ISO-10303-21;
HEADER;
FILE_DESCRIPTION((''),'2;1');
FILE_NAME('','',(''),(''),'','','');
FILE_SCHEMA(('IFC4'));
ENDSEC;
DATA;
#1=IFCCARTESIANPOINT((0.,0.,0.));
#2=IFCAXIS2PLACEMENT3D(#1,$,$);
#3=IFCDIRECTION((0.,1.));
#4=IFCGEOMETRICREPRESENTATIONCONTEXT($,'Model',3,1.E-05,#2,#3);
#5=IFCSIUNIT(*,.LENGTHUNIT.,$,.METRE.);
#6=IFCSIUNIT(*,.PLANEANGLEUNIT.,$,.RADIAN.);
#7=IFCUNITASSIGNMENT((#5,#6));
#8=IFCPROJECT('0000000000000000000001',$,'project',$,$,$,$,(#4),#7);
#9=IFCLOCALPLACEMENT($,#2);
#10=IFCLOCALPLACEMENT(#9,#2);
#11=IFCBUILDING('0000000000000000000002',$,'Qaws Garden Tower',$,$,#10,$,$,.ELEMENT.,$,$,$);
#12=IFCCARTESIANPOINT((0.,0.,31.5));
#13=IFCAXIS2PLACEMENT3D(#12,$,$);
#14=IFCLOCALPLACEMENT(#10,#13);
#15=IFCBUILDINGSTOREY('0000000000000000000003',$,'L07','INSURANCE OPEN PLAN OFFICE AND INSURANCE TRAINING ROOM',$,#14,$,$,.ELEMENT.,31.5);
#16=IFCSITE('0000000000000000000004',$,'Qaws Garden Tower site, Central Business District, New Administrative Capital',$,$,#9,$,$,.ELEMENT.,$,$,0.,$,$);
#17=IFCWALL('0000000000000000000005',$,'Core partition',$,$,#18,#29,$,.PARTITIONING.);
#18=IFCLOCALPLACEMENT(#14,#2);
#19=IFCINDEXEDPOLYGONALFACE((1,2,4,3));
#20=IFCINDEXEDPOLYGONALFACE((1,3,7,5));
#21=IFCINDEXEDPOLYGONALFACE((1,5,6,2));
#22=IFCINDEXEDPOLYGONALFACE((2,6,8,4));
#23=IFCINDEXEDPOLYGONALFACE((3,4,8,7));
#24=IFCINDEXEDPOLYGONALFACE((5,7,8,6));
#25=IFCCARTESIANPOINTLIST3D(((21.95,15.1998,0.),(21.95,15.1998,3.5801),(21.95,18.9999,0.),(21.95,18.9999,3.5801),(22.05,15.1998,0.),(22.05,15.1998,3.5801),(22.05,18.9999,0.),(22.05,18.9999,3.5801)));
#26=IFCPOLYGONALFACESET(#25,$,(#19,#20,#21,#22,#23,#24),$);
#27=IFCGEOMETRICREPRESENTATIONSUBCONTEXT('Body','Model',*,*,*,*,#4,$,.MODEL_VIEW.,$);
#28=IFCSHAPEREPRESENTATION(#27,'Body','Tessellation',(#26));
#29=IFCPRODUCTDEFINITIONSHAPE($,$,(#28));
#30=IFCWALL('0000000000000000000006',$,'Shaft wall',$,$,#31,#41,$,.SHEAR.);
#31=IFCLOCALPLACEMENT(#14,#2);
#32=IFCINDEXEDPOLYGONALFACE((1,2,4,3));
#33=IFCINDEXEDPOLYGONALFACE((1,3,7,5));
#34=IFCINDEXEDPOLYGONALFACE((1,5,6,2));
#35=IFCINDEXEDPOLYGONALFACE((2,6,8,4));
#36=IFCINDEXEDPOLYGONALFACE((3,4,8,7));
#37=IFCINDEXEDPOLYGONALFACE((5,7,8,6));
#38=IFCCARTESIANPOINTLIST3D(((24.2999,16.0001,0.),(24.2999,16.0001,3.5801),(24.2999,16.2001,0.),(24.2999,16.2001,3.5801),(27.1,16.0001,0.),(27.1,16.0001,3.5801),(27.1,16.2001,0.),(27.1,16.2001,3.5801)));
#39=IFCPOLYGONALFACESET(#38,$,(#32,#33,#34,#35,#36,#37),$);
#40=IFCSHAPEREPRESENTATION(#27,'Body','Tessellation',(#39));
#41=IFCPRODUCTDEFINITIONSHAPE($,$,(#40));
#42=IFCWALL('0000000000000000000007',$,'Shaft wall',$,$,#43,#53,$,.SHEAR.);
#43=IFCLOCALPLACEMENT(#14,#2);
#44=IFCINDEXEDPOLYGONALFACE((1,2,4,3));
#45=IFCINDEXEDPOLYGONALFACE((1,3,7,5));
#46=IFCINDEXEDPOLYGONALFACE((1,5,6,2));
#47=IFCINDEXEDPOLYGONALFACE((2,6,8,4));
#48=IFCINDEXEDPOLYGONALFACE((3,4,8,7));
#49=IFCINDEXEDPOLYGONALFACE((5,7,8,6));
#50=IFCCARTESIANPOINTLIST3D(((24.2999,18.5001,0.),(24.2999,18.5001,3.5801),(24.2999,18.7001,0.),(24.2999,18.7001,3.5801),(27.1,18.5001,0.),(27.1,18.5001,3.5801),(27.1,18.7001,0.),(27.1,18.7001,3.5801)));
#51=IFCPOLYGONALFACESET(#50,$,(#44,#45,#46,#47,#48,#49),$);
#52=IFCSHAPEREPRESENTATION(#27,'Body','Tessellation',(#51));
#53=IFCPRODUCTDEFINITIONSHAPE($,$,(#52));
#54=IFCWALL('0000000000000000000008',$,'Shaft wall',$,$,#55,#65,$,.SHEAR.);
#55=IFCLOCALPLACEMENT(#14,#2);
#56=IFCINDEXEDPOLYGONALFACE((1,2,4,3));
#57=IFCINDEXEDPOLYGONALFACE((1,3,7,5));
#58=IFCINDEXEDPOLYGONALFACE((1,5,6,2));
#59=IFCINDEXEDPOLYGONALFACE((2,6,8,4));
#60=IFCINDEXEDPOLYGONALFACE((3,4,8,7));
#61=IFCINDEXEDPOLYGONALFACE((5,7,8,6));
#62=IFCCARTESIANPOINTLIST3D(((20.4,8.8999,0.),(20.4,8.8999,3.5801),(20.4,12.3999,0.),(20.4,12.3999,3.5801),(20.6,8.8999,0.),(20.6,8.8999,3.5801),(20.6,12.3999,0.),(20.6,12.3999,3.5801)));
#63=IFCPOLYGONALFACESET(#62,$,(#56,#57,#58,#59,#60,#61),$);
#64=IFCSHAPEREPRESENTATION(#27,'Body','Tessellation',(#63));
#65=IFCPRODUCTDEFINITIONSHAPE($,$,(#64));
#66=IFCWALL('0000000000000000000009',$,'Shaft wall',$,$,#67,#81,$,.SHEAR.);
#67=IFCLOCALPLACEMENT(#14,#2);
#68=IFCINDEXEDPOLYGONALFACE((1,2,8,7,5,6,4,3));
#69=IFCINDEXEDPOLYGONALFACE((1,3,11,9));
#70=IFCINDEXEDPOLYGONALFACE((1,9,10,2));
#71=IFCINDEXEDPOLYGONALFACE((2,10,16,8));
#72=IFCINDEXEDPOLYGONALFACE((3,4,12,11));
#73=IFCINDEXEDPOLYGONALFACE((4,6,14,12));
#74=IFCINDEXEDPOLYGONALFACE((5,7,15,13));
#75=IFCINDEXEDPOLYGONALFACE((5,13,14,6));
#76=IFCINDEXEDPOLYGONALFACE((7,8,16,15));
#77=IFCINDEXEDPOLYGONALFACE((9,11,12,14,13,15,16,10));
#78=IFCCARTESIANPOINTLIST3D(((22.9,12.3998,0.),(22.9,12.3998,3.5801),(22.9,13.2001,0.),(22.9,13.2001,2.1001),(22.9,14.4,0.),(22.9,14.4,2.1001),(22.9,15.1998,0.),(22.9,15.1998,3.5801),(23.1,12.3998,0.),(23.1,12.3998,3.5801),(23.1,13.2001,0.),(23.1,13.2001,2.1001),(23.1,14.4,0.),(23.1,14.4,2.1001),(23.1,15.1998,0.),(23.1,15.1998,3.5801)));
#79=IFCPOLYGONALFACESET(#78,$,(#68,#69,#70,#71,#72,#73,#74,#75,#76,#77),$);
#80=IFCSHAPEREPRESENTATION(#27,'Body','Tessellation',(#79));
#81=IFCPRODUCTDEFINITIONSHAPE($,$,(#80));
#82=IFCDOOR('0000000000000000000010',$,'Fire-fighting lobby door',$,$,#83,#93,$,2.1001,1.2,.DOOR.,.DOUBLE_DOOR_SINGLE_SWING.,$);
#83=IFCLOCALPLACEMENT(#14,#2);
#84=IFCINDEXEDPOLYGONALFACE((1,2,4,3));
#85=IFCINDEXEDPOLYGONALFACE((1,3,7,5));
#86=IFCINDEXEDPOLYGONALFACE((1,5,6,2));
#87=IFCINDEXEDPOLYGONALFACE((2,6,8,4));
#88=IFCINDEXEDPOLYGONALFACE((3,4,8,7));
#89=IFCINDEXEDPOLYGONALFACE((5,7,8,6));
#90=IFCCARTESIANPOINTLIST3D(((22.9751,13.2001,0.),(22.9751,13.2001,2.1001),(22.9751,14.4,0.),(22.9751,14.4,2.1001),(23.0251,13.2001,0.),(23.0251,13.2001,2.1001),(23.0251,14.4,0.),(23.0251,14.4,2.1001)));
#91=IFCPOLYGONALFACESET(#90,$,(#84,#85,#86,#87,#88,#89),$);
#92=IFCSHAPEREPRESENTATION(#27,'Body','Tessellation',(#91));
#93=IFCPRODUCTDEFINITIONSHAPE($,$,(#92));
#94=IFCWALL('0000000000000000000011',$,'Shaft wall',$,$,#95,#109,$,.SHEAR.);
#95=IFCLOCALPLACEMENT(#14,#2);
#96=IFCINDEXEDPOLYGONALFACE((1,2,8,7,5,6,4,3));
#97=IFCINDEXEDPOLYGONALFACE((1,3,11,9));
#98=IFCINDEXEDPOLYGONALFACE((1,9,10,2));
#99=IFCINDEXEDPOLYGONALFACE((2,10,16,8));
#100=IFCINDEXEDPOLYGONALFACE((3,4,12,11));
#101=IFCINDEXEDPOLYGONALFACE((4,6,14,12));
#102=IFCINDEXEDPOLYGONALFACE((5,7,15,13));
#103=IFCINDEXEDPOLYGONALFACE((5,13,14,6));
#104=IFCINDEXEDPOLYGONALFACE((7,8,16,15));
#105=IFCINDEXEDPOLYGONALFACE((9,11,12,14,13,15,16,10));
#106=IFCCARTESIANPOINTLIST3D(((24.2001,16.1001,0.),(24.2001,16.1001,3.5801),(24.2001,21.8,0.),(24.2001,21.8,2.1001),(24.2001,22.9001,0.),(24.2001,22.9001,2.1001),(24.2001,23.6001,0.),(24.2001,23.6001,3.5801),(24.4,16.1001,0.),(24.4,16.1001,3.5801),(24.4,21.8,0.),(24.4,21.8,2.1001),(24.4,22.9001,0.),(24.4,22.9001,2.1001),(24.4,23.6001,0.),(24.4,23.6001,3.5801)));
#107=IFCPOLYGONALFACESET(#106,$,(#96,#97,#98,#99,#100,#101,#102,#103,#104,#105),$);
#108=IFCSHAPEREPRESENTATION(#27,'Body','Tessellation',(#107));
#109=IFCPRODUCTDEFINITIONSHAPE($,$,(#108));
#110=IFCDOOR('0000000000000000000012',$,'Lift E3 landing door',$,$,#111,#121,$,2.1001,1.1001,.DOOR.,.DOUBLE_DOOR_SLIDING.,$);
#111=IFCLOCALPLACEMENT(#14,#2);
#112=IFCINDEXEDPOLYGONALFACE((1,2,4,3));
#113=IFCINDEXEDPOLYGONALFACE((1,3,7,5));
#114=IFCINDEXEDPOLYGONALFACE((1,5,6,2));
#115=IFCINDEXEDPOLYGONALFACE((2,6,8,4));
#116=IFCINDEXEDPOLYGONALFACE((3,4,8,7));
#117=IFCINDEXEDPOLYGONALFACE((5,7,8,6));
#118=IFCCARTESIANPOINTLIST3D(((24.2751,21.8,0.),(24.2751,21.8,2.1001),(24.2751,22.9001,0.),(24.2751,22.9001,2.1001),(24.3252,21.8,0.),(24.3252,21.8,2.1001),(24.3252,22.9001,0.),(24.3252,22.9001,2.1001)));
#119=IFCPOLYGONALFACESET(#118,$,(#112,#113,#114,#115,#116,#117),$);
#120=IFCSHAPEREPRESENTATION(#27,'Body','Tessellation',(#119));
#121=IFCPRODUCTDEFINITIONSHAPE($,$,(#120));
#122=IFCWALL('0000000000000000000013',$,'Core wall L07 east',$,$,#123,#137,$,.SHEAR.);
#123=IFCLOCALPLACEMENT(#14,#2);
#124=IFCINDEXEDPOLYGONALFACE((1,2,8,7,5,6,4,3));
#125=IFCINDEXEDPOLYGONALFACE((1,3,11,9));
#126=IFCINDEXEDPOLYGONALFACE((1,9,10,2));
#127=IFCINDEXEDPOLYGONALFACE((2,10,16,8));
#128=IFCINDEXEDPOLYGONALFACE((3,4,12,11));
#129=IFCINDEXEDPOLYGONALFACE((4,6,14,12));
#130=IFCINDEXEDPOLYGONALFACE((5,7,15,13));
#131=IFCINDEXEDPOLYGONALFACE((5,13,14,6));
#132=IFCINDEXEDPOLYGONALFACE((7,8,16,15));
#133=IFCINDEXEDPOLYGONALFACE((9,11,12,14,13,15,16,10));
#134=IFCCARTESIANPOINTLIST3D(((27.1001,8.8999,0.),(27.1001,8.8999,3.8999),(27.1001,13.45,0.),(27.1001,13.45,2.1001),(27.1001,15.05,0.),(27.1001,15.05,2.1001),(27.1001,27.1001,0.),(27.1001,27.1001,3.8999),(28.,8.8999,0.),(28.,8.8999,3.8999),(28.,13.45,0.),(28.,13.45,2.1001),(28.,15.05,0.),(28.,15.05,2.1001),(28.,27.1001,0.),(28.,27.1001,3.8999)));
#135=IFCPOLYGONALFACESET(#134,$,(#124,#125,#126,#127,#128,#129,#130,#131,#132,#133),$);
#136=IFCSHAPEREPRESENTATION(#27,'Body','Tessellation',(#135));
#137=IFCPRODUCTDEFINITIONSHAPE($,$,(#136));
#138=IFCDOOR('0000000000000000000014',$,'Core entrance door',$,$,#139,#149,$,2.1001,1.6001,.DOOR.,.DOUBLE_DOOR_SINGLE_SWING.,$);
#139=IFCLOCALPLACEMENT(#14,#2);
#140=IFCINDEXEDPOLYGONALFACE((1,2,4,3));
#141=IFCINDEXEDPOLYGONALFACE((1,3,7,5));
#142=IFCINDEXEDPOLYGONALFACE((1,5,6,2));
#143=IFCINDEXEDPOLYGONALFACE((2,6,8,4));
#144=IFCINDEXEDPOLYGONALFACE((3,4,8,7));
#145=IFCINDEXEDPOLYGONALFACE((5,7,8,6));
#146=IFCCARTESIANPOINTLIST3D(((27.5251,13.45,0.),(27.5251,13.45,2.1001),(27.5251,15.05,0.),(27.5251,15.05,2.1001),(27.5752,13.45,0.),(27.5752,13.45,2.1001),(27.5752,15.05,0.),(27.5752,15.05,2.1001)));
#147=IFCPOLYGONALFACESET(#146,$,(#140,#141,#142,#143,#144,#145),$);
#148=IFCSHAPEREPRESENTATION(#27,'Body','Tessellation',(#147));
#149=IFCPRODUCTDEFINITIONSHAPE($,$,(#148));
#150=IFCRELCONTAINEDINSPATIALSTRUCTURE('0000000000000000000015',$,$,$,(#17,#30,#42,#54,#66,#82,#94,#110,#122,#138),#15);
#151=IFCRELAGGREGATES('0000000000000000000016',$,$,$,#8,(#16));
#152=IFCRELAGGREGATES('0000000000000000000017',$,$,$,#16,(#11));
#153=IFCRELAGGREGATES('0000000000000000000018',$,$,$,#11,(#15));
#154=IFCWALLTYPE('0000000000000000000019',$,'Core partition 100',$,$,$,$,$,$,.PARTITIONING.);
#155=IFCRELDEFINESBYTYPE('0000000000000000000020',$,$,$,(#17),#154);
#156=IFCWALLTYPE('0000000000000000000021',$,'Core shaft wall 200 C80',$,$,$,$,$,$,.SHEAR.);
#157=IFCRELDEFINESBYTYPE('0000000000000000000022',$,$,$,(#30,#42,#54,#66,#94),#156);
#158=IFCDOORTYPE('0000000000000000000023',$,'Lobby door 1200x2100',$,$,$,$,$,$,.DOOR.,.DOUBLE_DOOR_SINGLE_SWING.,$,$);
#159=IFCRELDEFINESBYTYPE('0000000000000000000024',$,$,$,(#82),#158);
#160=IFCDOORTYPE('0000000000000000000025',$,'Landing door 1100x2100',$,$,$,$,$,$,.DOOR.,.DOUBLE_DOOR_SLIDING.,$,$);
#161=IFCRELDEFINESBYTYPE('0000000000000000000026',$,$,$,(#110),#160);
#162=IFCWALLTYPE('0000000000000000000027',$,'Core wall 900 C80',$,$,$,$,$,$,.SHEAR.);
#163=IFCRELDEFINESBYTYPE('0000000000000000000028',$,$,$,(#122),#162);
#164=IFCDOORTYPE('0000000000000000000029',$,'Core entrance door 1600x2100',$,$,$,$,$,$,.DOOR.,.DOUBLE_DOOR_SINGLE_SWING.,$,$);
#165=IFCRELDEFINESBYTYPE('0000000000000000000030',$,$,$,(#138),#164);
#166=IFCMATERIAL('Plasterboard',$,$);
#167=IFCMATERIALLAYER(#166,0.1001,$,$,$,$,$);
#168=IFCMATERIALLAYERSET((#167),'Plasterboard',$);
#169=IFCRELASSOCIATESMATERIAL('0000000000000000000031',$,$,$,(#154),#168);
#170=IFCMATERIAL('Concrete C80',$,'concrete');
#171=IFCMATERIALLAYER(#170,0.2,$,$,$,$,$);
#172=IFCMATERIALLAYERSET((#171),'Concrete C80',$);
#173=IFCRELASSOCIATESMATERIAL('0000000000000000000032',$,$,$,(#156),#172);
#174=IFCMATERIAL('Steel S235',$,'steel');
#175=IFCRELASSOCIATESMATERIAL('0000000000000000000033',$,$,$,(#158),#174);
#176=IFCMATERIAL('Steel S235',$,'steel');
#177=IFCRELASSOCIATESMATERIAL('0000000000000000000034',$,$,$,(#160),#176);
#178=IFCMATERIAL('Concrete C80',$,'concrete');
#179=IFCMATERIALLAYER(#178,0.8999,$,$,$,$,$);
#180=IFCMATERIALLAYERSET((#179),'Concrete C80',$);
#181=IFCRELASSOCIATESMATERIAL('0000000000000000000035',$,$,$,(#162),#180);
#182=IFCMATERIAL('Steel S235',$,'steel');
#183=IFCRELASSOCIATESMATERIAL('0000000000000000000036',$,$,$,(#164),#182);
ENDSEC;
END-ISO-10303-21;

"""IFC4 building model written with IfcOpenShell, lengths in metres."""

from ifc_helpers import new_model, si_unit, direction, frame, frame_2d, origin, place, context, subcontext, project, spatial, rectangle, extrude, material, layer, layer_set, type_object, element, fill, save


model = new_model("IFC4")

# Units and contexts
model_context = context("Model", 3, precision=1e-05, world=origin(), true_north=direction((0.0, 1.0)))
body_context = subcontext(model_context, "Body", "Model", "MODEL_VIEW")
ifc_project = project(units=[si_unit("LENGTHUNIT", "METRE"), si_unit("PLANEANGLEUNIT", "RADIAN")], contexts=[model_context])

# Site, building, storey
site_placement = place(None, origin())
site = spatial("IfcSite", under=ifc_project, at=site_placement, Name="Qaws Garden Tower site, Central Business District, New Administrative Capital", CompositionType="ELEMENT", RefElevation=0.0)
building_placement = place(site_placement, origin())
building = spatial("IfcBuilding", under=site, at=building_placement, Name="Qaws Garden Tower", CompositionType="ELEMENT")
storey_placement = place(building_placement, frame((0.0, 0.0, 31.5)))
storey = spatial("IfcBuildingStorey", under=building, at=storey_placement, Name="L07", Description="INSURANCE OPEN PLAN OFFICE AND INSURANCE TRAINING ROOM", CompositionType="ELEMENT", Elevation=31.5)

# Shared definitions
ifc_material_1 = material(Name="Plasterboard")
ifc_layer_1 = layer(ifc_material_1, 0.1001)
ifc_layer_set_1 = layer_set([ifc_layer_1], Name="Plasterboard")
wall_type_1 = type_object("IfcWallType", Name="Core partition 100", PredefinedType="PARTITIONING", material=ifc_layer_set_1)

# Walls
wall_1_placement = place(storey_placement, frame((22.0, 15.2, 0.0), z_axis=(0.0, 0.0, 1.0), x_axis=(0.0, 1.0, 0.0)))
element("IfcWall", 1, at=wall_1_placement, inside=storey, type_object=wall_type_1, Name="Core partition", PredefinedType="PARTITIONING", context=body_context, shape_type="SweptSolid", body=[
    extrude(rectangle(XDim=3.8, YDim=0.1001, at=frame_2d((1.8999, 0.0))), origin(), (0.0, 0.0, 1.0), 3.5801),
])
ifc_material_2 = material(Name="Concrete C80", Category="concrete")
ifc_layer_2 = layer(ifc_material_2, 0.2)
ifc_layer_set_2 = layer_set([ifc_layer_2], Name="Concrete C80")
wall_type_2 = type_object("IfcWallType", Name="Core shaft wall 200 C80", PredefinedType="SHEAR", material=ifc_layer_set_2)
for number, where, z_axis, x_axis, name in (
    (2, (24.3, 16.1001, 0.0), (0.0, 0.0, 1.0), (1.0, 0.0, 0.0), "Shaft wall"),
    (3, (24.3, 18.6001, 0.0), (0.0, 0.0, 1.0), (1.0, 0.0, 0.0), "Shaft wall"),
):
    element("IfcWall", number, at=place(storey_placement, frame(where, z_axis=z_axis, x_axis=x_axis)), inside=storey, type_object=wall_type_2, Name=name, PredefinedType="SHEAR", context=body_context, shape_type="SweptSolid", body=[
        extrude(rectangle(XDim=2.8, YDim=0.2, at=frame_2d((1.3999, 0.0))), origin(), (0.0, 0.0, 1.0), 3.5801),
    ])
wall_2_placement = place(storey_placement, frame((20.5, 8.8999, 0.0), z_axis=(0.0, 0.0, 1.0), x_axis=(0.0, 1.0, 0.0)))
element("IfcWall", 4, at=wall_2_placement, inside=storey, type_object=wall_type_2, Name="Shaft wall", PredefinedType="SHEAR", context=body_context, shape_type="SweptSolid", body=[
    extrude(rectangle(XDim=3.5, YDim=0.2, at=frame_2d((1.75, 0.0))), origin(), (0.0, 0.0, 1.0), 3.5801),
])

# Walls, openings, doors
wall_3_placement = place(storey_placement, frame((23.0, 12.3999, 0.0), z_axis=(0.0, 0.0, 1.0), x_axis=(0.0, 1.0, 0.0)))
wall_3 = element("IfcWall", 5, at=wall_3_placement, inside=storey, type_object=wall_type_2, Name="Shaft wall", PredefinedType="SHEAR", context=body_context, shape_type="SweptSolid", body=[
    extrude(rectangle(XDim=2.8, YDim=0.2, at=frame_2d((1.3999, 0.0))), origin(), (0.0, 0.0, 1.0), 3.5801),
])
opening_1_placement = place(wall_3_placement, frame((0.8, 0.0, 0.0)))
opening_1 = element("IfcOpeningElement", 6, at=opening_1_placement, cuts=wall_3, PredefinedType="OPENING", context=body_context, shape_type="SweptSolid", body=[
    extrude(rectangle(XDim=1.2, YDim=2.1001, at=frame_2d((0.6001, 1.05))), frame((0.0, 0.1099, 0.0), z_axis=(0.0, -1.0, 0.0), x_axis=(1.0, 0.0, 0.0)), (0.0, 0.0, 1.0), 0.22),
])
ifc_material_3 = material(Name="Steel S235", Category="steel")
door_type_1 = type_object("IfcDoorType", Name="Lobby door 1200x2100", OperationType="DOUBLE_DOOR_SINGLE_SWING", PredefinedType="DOOR", material=ifc_material_3)
door_1_placement = place(opening_1_placement, origin())
door_1 = element("IfcDoor", 7, at=door_1_placement, inside=storey, type_object=door_type_1, Name="Fire-fighting lobby door", OperationType="DOUBLE_DOOR_SINGLE_SWING", OverallHeight=2.1001, OverallWidth=1.2, PredefinedType="DOOR", context=body_context, shape_type="SweptSolid", body=[
    extrude(rectangle(XDim=1.2, YDim=2.1001, at=frame_2d((0.6001, 1.05))), frame((0.0, 0.0249, 0.0), z_axis=(0.0, -1.0, 0.0), x_axis=(1.0, 0.0, 0.0)), (0.0, 0.0, 1.0), 0.05),
])
fill(opening_1, door_1)
wall_4_placement = place(storey_placement, frame((24.3, 16.1001, 0.0), z_axis=(0.0, 0.0, 1.0), x_axis=(0.0, 1.0, 0.0)))
wall_4 = element("IfcWall", 8, at=wall_4_placement, inside=storey, type_object=wall_type_2, Name="Shaft wall", PredefinedType="SHEAR", context=body_context, shape_type="SweptSolid", body=[
    extrude(rectangle(XDim=7.5, YDim=0.2, at=frame_2d((3.75, 0.0))), origin(), (0.0, 0.0, 1.0), 3.5801),
])
opening_2_placement = place(wall_4_placement, frame((5.7, 0.0, 0.0)))
opening_2 = element("IfcOpeningElement", 9, at=opening_2_placement, cuts=wall_4, PredefinedType="OPENING", context=body_context, shape_type="SweptSolid", body=[
    extrude(rectangle(XDim=1.1001, YDim=2.1001, at=frame_2d((0.55, 1.05))), frame((0.0, 0.1099, 0.0), z_axis=(0.0, -1.0, 0.0), x_axis=(1.0, 0.0, 0.0)), (0.0, 0.0, 1.0), 0.22),
])
ifc_material_4 = material(Name="Steel S235", Category="steel")
door_type_2 = type_object("IfcDoorType", Name="Landing door 1100x2100", OperationType="DOUBLE_DOOR_SLIDING", PredefinedType="DOOR", material=ifc_material_4)
door_2_placement = place(opening_2_placement, origin())
door_2 = element("IfcDoor", 10, at=door_2_placement, inside=storey, type_object=door_type_2, Name="Lift E3 landing door", OperationType="DOUBLE_DOOR_SLIDING", OverallHeight=2.1001, OverallWidth=1.1001, PredefinedType="DOOR", context=body_context, shape_type="SweptSolid", body=[
    extrude(rectangle(XDim=1.1001, YDim=2.1001, at=frame_2d((0.55, 1.05))), frame((0.0, 0.0249, 0.0), z_axis=(0.0, -1.0, 0.0), x_axis=(1.0, 0.0, 0.0)), (0.0, 0.0, 1.0), 0.05),
])
fill(opening_2, door_2)
ifc_material_5 = material(Name="Concrete C80", Category="concrete")
ifc_layer_3 = layer(ifc_material_5, 0.8999)
ifc_layer_set_3 = layer_set([ifc_layer_3], Name="Concrete C80")
wall_type_3 = type_object("IfcWallType", Name="Core wall 900 C80", PredefinedType="SHEAR", material=ifc_layer_set_3)
wall_5_placement = place(storey_placement, frame((27.55, 8.8999, 0.0), z_axis=(0.0, 0.0, 1.0), x_axis=(0.0, 1.0, 0.0)))
wall_5 = element("IfcWall", 11, at=wall_5_placement, inside=storey, type_object=wall_type_3, Name="Core wall L07 east", PredefinedType="SHEAR", context=body_context, shape_type="SweptSolid", body=[
    extrude(rectangle(XDim=18.2002, YDim=0.8999, at=frame_2d((9.1001, 0.0))), origin(), (0.0, 0.0, 1.0), 3.8999),
])
opening_3_placement = place(wall_5_placement, frame((4.55, 0.0, 0.0)))
opening_3 = element("IfcOpeningElement", 12, at=opening_3_placement, cuts=wall_5, PredefinedType="OPENING", context=body_context, shape_type="SweptSolid", body=[
    extrude(rectangle(XDim=1.6001, YDim=2.1001, at=frame_2d((0.8, 1.05))), frame((0.0, 0.46, 0.0), z_axis=(0.0, -1.0, 0.0), x_axis=(1.0, 0.0, 0.0)), (0.0, 0.0, 1.0), 0.9199),
])
ifc_material_6 = material(Name="Steel S235", Category="steel")
door_type_3 = type_object("IfcDoorType", Name="Core entrance door 1600x2100", OperationType="DOUBLE_DOOR_SINGLE_SWING", PredefinedType="DOOR", material=ifc_material_6)
door_3_placement = place(opening_3_placement, origin())
door_3 = element("IfcDoor", 13, at=door_3_placement, inside=storey, type_object=door_type_3, Name="Core entrance door", OperationType="DOUBLE_DOOR_SINGLE_SWING", OverallHeight=2.1001, OverallWidth=1.6001, PredefinedType="DOOR", context=body_context, shape_type="SweptSolid", body=[
    extrude(rectangle(XDim=1.6001, YDim=2.1001, at=frame_2d((0.8, 1.05))), frame((0.0, 0.0249, 0.0), z_axis=(0.0, -1.0, 0.0), x_axis=(1.0, 0.0, 0.0)), (0.0, 0.0, 1.0), 0.05),
])
fill(opening_3, door_3)

save(model, "model.ifc")
